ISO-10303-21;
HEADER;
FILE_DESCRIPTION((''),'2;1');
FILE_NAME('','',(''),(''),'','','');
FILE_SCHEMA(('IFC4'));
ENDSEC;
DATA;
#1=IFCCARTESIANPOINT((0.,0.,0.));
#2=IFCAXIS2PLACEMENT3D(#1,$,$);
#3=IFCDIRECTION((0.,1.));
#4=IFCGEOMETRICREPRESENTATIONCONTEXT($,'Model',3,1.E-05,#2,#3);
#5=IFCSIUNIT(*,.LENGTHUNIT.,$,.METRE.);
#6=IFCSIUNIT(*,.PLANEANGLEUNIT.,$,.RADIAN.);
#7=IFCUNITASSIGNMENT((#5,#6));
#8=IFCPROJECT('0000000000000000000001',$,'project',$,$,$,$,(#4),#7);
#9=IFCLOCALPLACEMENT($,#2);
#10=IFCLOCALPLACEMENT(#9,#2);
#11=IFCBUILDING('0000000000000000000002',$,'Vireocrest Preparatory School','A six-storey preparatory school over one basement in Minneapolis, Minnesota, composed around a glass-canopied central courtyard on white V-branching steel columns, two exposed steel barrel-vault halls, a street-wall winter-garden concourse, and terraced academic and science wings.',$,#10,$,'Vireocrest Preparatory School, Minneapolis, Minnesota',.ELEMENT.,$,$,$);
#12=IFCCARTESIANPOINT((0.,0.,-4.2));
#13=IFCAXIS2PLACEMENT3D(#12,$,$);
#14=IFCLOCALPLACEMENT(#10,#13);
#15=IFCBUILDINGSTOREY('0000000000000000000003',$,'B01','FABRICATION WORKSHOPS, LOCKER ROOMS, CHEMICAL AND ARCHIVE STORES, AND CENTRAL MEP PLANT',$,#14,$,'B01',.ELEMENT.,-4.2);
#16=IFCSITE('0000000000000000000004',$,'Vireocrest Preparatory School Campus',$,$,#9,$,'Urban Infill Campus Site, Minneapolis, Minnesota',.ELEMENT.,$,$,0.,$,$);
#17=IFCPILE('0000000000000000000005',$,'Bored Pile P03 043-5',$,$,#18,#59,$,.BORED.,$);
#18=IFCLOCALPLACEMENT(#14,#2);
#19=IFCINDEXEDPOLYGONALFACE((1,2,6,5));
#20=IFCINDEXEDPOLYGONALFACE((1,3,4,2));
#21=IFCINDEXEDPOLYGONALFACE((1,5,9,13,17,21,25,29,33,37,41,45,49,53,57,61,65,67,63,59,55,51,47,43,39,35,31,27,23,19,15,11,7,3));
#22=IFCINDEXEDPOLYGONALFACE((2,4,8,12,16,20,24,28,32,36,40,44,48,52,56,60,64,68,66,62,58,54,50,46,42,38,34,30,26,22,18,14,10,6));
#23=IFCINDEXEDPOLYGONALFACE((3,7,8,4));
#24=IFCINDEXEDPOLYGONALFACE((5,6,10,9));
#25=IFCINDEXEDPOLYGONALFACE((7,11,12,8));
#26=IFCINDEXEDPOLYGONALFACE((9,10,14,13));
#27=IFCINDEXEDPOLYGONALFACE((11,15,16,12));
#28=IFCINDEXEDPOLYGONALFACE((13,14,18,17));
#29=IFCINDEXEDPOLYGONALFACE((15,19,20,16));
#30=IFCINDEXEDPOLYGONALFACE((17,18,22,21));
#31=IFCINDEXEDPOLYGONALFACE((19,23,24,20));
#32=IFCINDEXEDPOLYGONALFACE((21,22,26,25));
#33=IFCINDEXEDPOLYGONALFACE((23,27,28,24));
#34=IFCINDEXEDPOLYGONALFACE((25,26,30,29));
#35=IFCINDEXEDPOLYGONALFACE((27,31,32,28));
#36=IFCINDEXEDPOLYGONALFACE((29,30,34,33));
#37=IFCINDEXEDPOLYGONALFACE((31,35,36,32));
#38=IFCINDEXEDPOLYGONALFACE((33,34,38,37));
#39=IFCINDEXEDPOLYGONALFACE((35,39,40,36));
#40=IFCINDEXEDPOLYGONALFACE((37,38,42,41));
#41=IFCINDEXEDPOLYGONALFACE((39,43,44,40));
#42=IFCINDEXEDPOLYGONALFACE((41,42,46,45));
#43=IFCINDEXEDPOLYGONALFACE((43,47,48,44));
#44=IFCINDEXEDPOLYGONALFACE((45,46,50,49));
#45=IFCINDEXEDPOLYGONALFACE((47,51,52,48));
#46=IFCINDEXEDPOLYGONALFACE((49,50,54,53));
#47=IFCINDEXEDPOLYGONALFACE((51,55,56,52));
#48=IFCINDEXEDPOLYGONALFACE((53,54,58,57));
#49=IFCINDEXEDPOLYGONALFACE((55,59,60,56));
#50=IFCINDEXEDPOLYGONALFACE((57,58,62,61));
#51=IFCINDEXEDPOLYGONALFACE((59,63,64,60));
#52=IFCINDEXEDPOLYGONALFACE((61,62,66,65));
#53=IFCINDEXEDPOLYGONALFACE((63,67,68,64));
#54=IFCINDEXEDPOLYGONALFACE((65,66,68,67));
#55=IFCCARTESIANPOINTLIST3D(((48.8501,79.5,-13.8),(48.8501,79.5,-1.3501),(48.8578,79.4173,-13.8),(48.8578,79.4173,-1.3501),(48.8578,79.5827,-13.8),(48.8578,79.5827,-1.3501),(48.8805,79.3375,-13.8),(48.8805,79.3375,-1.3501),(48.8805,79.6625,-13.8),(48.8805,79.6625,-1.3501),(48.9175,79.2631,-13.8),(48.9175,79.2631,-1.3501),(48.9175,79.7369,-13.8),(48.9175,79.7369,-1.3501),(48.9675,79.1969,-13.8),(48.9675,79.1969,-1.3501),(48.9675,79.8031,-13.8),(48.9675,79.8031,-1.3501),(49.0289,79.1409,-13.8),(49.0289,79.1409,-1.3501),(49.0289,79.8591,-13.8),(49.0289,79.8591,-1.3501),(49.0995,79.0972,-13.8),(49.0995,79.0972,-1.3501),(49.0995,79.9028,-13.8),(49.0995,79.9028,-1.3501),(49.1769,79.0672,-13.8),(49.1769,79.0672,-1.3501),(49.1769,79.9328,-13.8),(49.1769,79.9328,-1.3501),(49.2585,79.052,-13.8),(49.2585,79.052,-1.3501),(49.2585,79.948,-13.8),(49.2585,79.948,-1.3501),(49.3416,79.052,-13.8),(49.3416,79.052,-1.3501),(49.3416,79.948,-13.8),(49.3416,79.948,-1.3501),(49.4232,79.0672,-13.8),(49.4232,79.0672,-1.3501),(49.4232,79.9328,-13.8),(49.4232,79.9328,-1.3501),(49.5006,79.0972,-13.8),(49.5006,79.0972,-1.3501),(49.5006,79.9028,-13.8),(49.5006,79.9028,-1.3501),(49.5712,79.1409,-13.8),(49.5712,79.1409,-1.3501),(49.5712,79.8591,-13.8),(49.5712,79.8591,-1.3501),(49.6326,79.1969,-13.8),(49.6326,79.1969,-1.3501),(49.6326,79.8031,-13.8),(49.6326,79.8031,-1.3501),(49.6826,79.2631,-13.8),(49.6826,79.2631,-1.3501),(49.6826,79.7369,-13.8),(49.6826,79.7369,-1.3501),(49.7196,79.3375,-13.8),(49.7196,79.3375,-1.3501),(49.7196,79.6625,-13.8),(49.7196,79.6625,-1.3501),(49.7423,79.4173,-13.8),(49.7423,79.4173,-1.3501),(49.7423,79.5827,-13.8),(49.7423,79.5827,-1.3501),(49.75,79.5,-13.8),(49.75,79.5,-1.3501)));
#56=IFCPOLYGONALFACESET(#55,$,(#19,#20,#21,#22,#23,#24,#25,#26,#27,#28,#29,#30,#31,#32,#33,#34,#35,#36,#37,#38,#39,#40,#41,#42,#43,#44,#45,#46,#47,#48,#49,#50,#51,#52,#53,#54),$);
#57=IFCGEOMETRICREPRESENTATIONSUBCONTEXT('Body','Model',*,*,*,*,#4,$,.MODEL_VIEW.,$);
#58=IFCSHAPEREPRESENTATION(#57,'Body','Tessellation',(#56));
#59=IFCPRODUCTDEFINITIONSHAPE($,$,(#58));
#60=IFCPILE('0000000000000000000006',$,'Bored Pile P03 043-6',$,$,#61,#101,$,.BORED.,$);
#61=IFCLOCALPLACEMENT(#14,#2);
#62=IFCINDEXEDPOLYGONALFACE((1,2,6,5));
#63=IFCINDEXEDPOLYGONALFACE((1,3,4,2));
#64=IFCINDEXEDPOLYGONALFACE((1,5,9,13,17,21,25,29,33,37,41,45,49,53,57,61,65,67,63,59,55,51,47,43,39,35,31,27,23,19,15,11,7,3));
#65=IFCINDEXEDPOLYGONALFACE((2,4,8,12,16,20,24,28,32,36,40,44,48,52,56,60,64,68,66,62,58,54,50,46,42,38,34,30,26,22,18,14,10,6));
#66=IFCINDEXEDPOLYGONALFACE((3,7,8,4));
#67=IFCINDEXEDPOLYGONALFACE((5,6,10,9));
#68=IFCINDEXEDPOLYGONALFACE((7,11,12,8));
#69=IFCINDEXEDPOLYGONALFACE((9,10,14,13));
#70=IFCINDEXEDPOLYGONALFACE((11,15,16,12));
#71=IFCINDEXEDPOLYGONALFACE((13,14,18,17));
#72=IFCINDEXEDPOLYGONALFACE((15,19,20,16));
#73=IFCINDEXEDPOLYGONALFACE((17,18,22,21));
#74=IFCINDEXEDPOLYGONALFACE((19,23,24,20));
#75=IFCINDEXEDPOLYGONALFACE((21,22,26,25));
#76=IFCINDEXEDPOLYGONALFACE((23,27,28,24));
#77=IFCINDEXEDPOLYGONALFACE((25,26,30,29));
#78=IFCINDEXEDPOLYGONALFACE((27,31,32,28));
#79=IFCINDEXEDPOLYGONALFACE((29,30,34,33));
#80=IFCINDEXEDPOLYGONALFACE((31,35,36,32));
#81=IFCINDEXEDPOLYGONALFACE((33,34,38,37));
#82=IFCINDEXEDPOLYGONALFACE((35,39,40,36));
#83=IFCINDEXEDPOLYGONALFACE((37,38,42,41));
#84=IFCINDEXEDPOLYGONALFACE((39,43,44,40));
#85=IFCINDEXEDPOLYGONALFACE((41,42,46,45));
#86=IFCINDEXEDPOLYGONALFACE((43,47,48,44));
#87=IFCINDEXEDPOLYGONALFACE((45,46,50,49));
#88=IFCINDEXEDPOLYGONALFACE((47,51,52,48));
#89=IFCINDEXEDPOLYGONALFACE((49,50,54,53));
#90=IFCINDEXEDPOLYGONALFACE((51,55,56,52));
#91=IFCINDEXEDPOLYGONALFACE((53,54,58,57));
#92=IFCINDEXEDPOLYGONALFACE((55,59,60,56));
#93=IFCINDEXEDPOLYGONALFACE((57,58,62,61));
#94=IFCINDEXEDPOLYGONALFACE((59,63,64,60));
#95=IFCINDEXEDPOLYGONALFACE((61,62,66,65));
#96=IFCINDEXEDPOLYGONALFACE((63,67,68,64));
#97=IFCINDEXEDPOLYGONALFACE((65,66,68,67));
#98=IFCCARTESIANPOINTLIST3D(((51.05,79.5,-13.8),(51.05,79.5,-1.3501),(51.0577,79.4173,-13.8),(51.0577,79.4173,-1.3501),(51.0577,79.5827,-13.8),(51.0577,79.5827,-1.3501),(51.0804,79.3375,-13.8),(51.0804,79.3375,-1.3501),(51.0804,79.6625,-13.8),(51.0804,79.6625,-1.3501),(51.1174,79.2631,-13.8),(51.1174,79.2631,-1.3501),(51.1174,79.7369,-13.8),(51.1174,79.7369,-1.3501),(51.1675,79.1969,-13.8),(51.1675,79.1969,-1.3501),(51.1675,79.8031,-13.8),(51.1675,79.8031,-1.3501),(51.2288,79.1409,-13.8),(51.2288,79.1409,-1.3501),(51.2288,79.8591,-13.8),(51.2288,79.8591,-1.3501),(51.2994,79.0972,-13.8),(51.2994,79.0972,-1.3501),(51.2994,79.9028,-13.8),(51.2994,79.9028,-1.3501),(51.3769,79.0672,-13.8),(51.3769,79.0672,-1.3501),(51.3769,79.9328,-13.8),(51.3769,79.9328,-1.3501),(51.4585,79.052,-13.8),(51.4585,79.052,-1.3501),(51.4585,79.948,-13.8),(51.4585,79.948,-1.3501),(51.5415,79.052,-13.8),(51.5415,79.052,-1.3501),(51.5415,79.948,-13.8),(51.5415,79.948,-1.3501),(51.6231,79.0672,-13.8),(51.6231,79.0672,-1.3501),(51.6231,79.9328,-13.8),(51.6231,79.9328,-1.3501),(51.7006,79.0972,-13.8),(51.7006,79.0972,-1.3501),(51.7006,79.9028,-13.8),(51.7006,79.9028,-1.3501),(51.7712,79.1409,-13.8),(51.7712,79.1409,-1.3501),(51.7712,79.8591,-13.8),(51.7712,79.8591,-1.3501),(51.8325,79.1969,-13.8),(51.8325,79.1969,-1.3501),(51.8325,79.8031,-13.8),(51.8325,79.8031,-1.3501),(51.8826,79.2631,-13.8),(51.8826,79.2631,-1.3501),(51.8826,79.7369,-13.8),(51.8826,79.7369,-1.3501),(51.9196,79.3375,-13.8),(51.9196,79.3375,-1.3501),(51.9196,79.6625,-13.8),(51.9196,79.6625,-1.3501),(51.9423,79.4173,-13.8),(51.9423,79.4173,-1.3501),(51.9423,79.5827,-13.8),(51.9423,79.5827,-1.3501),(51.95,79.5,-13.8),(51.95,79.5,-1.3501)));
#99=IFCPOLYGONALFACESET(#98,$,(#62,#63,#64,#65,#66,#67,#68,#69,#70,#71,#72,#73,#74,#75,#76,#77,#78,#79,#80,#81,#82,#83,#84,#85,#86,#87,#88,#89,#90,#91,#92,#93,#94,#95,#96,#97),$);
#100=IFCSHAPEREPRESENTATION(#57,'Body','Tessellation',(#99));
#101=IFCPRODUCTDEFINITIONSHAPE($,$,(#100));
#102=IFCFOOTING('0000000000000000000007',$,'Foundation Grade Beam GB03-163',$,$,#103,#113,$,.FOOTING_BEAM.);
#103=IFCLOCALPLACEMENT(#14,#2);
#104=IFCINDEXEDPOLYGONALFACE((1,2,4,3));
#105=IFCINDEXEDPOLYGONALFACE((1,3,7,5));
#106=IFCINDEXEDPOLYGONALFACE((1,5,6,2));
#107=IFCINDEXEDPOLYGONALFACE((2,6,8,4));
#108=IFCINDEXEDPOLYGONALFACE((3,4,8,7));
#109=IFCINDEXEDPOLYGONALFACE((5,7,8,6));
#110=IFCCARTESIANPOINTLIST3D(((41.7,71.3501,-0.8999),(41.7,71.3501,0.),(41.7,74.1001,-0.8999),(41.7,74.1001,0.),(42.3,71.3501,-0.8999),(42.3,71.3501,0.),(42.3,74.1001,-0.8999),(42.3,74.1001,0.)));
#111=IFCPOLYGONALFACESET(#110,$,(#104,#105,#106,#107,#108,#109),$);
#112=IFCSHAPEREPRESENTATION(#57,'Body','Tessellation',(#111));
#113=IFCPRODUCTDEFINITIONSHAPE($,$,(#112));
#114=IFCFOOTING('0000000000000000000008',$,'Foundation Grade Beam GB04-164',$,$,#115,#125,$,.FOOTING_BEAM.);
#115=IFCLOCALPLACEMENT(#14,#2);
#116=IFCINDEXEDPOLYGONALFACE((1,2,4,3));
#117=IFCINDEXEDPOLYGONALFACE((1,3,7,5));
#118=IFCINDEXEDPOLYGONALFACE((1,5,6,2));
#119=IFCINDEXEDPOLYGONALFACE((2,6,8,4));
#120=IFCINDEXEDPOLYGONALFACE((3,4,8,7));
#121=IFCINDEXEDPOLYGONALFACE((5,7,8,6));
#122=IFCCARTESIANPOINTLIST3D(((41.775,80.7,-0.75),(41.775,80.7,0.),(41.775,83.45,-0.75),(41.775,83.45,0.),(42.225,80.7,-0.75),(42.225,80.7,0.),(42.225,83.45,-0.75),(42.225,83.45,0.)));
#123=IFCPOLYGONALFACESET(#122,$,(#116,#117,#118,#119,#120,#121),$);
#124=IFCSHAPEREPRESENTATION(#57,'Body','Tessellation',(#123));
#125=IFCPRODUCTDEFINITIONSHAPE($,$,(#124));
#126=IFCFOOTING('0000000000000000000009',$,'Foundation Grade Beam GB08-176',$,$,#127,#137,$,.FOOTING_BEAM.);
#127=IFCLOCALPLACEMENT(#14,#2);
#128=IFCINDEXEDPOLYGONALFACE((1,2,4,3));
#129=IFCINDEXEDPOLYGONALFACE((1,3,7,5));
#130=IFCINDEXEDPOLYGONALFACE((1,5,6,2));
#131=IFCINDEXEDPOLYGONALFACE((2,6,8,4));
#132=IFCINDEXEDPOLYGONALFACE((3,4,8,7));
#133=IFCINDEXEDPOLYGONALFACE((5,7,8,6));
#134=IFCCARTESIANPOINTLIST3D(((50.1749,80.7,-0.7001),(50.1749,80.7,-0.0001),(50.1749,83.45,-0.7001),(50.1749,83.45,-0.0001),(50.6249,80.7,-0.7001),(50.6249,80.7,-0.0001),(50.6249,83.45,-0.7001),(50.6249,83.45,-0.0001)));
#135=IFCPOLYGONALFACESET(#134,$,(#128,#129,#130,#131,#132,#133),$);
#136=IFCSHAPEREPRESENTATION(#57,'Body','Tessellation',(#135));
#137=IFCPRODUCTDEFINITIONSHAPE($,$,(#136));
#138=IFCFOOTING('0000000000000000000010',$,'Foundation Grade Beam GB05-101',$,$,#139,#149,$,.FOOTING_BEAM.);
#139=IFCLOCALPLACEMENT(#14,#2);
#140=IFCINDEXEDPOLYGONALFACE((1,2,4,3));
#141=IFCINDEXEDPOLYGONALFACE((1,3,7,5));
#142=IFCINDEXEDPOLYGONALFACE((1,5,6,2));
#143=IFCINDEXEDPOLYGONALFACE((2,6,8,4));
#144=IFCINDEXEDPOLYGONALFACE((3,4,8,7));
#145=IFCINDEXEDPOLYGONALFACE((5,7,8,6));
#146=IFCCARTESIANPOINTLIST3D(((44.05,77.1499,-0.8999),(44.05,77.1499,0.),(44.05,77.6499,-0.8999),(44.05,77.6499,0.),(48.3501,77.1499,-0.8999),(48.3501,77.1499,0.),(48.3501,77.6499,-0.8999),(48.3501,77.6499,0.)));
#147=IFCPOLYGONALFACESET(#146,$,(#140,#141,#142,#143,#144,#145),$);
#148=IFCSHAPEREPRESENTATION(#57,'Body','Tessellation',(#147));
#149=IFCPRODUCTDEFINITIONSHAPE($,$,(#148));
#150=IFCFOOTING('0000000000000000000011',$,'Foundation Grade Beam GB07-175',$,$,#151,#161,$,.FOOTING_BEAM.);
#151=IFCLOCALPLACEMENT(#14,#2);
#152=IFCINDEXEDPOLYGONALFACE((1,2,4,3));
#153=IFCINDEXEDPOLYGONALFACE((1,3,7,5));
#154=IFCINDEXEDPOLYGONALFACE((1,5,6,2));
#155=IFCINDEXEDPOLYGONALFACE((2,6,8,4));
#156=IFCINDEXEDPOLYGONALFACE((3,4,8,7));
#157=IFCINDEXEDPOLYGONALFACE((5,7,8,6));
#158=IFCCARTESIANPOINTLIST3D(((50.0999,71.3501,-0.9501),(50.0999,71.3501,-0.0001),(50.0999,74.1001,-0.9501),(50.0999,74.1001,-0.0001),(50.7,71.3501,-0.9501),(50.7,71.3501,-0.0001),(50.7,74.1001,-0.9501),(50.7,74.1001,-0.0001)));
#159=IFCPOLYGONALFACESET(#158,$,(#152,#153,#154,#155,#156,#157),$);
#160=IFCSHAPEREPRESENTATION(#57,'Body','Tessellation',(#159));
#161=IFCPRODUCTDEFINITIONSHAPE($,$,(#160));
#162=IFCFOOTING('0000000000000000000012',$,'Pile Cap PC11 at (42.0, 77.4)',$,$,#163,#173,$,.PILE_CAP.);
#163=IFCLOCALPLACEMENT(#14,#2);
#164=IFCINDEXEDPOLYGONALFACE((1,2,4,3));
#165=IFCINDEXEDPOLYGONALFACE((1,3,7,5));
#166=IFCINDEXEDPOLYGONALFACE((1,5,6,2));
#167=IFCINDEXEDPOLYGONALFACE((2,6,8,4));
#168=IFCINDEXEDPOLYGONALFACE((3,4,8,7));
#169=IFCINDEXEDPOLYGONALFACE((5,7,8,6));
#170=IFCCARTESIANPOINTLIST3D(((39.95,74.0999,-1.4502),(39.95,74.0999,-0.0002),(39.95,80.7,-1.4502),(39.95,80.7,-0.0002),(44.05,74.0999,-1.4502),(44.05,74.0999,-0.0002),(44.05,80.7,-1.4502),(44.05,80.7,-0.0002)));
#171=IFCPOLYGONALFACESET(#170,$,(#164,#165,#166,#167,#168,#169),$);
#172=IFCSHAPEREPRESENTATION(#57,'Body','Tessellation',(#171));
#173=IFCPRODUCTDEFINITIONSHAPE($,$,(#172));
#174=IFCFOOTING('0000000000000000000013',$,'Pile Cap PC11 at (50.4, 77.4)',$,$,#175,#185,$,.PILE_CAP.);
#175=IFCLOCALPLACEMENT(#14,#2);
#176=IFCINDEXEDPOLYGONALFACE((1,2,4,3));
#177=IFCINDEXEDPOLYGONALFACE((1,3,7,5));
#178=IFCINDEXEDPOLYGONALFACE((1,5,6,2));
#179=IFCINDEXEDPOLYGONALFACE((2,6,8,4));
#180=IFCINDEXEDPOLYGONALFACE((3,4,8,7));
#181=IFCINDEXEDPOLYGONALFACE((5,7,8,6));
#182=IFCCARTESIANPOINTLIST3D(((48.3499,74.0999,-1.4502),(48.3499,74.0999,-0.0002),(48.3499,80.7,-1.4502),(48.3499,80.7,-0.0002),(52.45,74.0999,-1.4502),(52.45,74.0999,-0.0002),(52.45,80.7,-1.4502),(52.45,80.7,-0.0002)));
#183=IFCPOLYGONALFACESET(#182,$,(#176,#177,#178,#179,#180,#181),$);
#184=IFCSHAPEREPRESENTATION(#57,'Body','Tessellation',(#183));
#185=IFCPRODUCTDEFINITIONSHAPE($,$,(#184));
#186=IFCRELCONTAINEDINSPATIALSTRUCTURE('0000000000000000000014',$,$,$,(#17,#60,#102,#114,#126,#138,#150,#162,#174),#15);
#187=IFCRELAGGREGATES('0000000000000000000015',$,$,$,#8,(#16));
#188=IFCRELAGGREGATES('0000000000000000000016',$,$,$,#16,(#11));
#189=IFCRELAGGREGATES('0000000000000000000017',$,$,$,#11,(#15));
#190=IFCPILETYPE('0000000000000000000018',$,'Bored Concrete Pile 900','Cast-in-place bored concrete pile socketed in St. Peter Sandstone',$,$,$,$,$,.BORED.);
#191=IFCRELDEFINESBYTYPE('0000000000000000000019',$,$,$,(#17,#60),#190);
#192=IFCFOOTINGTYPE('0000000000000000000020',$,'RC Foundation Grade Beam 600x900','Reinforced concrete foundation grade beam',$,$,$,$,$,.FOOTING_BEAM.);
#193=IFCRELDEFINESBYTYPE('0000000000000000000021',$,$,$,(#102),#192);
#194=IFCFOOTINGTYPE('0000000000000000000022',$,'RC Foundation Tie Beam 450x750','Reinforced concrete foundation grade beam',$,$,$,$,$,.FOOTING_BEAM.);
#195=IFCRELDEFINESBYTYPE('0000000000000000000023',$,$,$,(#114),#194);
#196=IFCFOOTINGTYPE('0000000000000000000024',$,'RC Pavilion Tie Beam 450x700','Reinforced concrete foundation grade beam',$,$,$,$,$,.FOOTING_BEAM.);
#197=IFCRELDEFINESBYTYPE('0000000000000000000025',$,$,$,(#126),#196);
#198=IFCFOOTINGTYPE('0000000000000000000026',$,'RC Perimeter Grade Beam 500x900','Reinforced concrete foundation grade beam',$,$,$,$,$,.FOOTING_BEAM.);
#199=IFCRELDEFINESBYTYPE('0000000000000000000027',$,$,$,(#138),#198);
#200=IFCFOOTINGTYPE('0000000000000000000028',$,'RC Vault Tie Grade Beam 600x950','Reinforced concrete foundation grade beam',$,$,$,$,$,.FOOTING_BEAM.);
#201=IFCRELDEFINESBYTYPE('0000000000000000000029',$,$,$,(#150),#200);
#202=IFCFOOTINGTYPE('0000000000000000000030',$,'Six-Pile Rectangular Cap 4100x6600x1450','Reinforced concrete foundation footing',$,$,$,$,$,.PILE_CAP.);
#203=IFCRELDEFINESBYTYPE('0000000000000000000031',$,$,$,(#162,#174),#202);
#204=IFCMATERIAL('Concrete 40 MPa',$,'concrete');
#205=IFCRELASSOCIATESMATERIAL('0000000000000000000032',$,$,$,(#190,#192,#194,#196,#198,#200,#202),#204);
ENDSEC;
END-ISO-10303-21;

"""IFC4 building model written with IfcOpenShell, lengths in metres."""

from ifc_helpers import new_model, si_unit, direction, frame, origin, origin_2d, place, context, subcontext, project, spatial, rectangle, circle, extrude, material, material_profile, profile_set, type_object, element, save


model = new_model("IFC4")

# Units and contexts
model_context = context("Model", 3, precision=1e-05, world=origin(), true_north=direction((0.0, 1.0)))
body_context = subcontext(model_context, "Body", "Model", "MODEL_VIEW")
ifc_project = project(units=[si_unit("LENGTHUNIT", "METRE"), si_unit("PLANEANGLEUNIT", "RADIAN")], contexts=[model_context])

# Site, building, storey
site_placement = place(None, origin())
site = spatial("IfcSite", under=ifc_project, at=site_placement, Name="Vireocrest Preparatory School Campus", LongName="Urban Infill Campus Site, Minneapolis, Minnesota", CompositionType="ELEMENT", RefElevation=0.0)
building_placement = place(site_placement, origin())
building = spatial("IfcBuilding", under=site, at=building_placement, Name="Vireocrest Preparatory School", Description="A six-storey preparatory school over one basement in Minneapolis, Minnesota, composed around a glass-canopied central courtyard on white V-branching steel columns, two exposed steel barrel-vault halls, a street-wall winter-garden concourse, and terraced academic and science wings.", LongName="Vireocrest Preparatory School, Minneapolis, Minnesota", CompositionType="ELEMENT")
storey_placement = place(building_placement, frame((0.0, 0.0, -4.2)))
storey = spatial("IfcBuildingStorey", under=building, at=storey_placement, Name="B01", Description="FABRICATION WORKSHOPS, LOCKER ROOMS, CHEMICAL AND ARCHIVE STORES, AND CENTRAL MEP PLANT", LongName="B01", CompositionType="ELEMENT", Elevation=-4.2)

# Piles
ifc_material_1 = material(Name="Concrete 40 MPa", Category="concrete")
ifc_material_profile_1 = material_profile(ifc_material_1, circle(Radius=0.45, at=origin_2d()), Name="BORED PILE 900")
ifc_profile_set_1 = profile_set([ifc_material_profile_1], Name="Concrete 40 MPa")
pile_type = type_object("IfcPileType", Name="Bored Concrete Pile 900", Description="Cast-in-place bored concrete pile socketed in St. Peter Sandstone", PredefinedType="BORED", material=ifc_profile_set_1)
for number, where, z_axis, x_axis, name in (
    (1, (49.3, 79.5, -1.3501), (0.0, 0.0, -1.0), (1.0, 0.0, 0.0), "Bored Pile P03 043-5"),
    (2, (51.5, 79.5, -1.3501), (0.0, 0.0, -1.0), (1.0, 0.0, 0.0), "Bored Pile P03 043-6"),
):
    element("IfcPile", number, at=place(storey_placement, frame(where, z_axis=z_axis, x_axis=x_axis)), inside=storey, type_object=pile_type, Name=name, PredefinedType="BORED", context=body_context, shape_type="SweptSolid", body=[
        extrude(circle(Radius=0.45, at=origin_2d()), origin(), (0.0, 0.0, 1.0), 12.45),
    ])

# Footings
ifc_material_profile_2 = material_profile(ifc_material_1, rectangle(XDim=0.6001, YDim=0.8999, at=origin_2d()), Name="GB 600x900")
ifc_profile_set_2 = profile_set([ifc_material_profile_2], Name="Concrete 40 MPa")
footing_type_1 = type_object("IfcFootingType", Name="RC Foundation Grade Beam 600x900", Description="Reinforced concrete foundation grade beam", PredefinedType="FOOTING_BEAM", material=ifc_profile_set_2)
footing_1_placement = place(storey_placement, frame((42.0, 71.3501, -0.45), z_axis=(0.0, 1.0, 0.0), x_axis=(-1.0, 0.0, 0.0)))
element("IfcFooting", 3, at=footing_1_placement, inside=storey, type_object=footing_type_1, Name="Foundation Grade Beam GB03-163", PredefinedType="FOOTING_BEAM", context=body_context, shape_type="SweptSolid", body=[
    extrude(rectangle(XDim=0.6001, YDim=0.8999, at=origin_2d()), origin(), (0.0, 0.0, 1.0), 2.75),
])
ifc_material_profile_3 = material_profile(ifc_material_1, rectangle(XDim=0.45, YDim=0.75, at=origin_2d()), Name="GB 450x750")
ifc_profile_set_3 = profile_set([ifc_material_profile_3], Name="Concrete 40 MPa")
footing_type_2 = type_object("IfcFootingType", Name="RC Foundation Tie Beam 450x750", Description="Reinforced concrete foundation grade beam", PredefinedType="FOOTING_BEAM", material=ifc_profile_set_3)
footing_2_placement = place(storey_placement, frame((42.0, 80.7, -0.375), z_axis=(0.0, 1.0, 0.0), x_axis=(-1.0, 0.0, 0.0)))
element("IfcFooting", 4, at=footing_2_placement, inside=storey, type_object=footing_type_2, Name="Foundation Grade Beam GB04-164", PredefinedType="FOOTING_BEAM", context=body_context, shape_type="SweptSolid", body=[
    extrude(rectangle(XDim=0.45, YDim=0.75, at=origin_2d()), origin(), (0.0, 0.0, 1.0), 2.75),
])
ifc_material_profile_4 = material_profile(ifc_material_1, rectangle(XDim=0.45, YDim=0.7, at=origin_2d()), Name="GB 450x700")
ifc_profile_set_4 = profile_set([ifc_material_profile_4], Name="Concrete 40 MPa")
footing_type_3 = type_object("IfcFootingType", Name="RC Pavilion Tie Beam 450x700", Description="Reinforced concrete foundation grade beam", PredefinedType="FOOTING_BEAM", material=ifc_profile_set_4)
footing_3_placement = place(storey_placement, frame((50.3999, 80.7, -0.3501), z_axis=(0.0, 1.0, 0.0), x_axis=(-1.0, 0.0, 0.0)))
element("IfcFooting", 5, at=footing_3_placement, inside=storey, type_object=footing_type_3, Name="Foundation Grade Beam GB08-176", PredefinedType="FOOTING_BEAM", context=body_context, shape_type="SweptSolid", body=[
    extrude(rectangle(XDim=0.45, YDim=0.7, at=origin_2d()), origin(), (0.0, 0.0, 1.0), 2.75),
])
ifc_material_profile_5 = material_profile(ifc_material_1, rectangle(XDim=0.5, YDim=0.8999, at=origin_2d()), Name="GB 500x900")
ifc_profile_set_5 = profile_set([ifc_material_profile_5], Name="Concrete 40 MPa")
footing_type_4 = type_object("IfcFootingType", Name="RC Perimeter Grade Beam 500x900", Description="Reinforced concrete foundation grade beam", PredefinedType="FOOTING_BEAM", material=ifc_profile_set_5)
footing_4_placement = place(storey_placement, frame((44.05, 77.3999, -0.45), z_axis=(1.0, 0.0, 0.0), x_axis=(0.0, 1.0, 0.0)))
element("IfcFooting", 6, at=footing_4_placement, inside=storey, type_object=footing_type_4, Name="Foundation Grade Beam GB05-101", PredefinedType="FOOTING_BEAM", context=body_context, shape_type="SweptSolid", body=[
    extrude(rectangle(XDim=0.5, YDim=0.8999, at=origin_2d()), origin(), (0.0, 0.0, 1.0), 4.3),
])
ifc_material_profile_6 = material_profile(ifc_material_1, rectangle(XDim=0.6001, YDim=0.95, at=origin_2d()), Name="GB 600x950")
ifc_profile_set_6 = profile_set([ifc_material_profile_6], Name="Concrete 40 MPa")
footing_type_5 = type_object("IfcFootingType", Name="RC Vault Tie Grade Beam 600x950", Description="Reinforced concrete foundation grade beam", PredefinedType="FOOTING_BEAM", material=ifc_profile_set_6)
footing_5_placement = place(storey_placement, frame((50.3999, 71.3501, -0.4751), z_axis=(0.0, 1.0, 0.0), x_axis=(-1.0, 0.0, 0.0)))
element("IfcFooting", 7, at=footing_5_placement, inside=storey, type_object=footing_type_5, Name="Foundation Grade Beam GB07-175", PredefinedType="FOOTING_BEAM", context=body_context, shape_type="SweptSolid", body=[
    extrude(rectangle(XDim=0.6001, YDim=0.95, at=origin_2d()), origin(), (0.0, 0.0, 1.0), 2.75),
])
footing_type_6 = type_object("IfcFootingType", Name="Six-Pile Rectangular Cap 4100x6600x1450", Description="Reinforced concrete foundation footing", PredefinedType="PILE_CAP", material=ifc_material_1)
for number, where, z_axis, x_axis, name in (
    (8, (42.0, 77.3999, -1.4502), (0.0, 0.0, 1.0), (1.0, 0.0, 0.0), "Pile Cap PC11 at (42.0, 77.4)"),
    (9, (50.3999, 77.3999, -1.4502), (0.0, 0.0, 1.0), (1.0, 0.0, 0.0), "Pile Cap PC11 at (50.4, 77.4)"),
):
    element("IfcFooting", number, at=place(storey_placement, frame(where, z_axis=z_axis, x_axis=x_axis)), inside=storey, type_object=footing_type_6, Name=name, PredefinedType="PILE_CAP", context=body_context, shape_type="SweptSolid", body=[
        extrude(rectangle(XDim=4.1001, YDim=6.6001, at=origin_2d()), origin(), (0.0, 0.0, 1.0), 1.45),
    ])

save(model, "model.ifc")
